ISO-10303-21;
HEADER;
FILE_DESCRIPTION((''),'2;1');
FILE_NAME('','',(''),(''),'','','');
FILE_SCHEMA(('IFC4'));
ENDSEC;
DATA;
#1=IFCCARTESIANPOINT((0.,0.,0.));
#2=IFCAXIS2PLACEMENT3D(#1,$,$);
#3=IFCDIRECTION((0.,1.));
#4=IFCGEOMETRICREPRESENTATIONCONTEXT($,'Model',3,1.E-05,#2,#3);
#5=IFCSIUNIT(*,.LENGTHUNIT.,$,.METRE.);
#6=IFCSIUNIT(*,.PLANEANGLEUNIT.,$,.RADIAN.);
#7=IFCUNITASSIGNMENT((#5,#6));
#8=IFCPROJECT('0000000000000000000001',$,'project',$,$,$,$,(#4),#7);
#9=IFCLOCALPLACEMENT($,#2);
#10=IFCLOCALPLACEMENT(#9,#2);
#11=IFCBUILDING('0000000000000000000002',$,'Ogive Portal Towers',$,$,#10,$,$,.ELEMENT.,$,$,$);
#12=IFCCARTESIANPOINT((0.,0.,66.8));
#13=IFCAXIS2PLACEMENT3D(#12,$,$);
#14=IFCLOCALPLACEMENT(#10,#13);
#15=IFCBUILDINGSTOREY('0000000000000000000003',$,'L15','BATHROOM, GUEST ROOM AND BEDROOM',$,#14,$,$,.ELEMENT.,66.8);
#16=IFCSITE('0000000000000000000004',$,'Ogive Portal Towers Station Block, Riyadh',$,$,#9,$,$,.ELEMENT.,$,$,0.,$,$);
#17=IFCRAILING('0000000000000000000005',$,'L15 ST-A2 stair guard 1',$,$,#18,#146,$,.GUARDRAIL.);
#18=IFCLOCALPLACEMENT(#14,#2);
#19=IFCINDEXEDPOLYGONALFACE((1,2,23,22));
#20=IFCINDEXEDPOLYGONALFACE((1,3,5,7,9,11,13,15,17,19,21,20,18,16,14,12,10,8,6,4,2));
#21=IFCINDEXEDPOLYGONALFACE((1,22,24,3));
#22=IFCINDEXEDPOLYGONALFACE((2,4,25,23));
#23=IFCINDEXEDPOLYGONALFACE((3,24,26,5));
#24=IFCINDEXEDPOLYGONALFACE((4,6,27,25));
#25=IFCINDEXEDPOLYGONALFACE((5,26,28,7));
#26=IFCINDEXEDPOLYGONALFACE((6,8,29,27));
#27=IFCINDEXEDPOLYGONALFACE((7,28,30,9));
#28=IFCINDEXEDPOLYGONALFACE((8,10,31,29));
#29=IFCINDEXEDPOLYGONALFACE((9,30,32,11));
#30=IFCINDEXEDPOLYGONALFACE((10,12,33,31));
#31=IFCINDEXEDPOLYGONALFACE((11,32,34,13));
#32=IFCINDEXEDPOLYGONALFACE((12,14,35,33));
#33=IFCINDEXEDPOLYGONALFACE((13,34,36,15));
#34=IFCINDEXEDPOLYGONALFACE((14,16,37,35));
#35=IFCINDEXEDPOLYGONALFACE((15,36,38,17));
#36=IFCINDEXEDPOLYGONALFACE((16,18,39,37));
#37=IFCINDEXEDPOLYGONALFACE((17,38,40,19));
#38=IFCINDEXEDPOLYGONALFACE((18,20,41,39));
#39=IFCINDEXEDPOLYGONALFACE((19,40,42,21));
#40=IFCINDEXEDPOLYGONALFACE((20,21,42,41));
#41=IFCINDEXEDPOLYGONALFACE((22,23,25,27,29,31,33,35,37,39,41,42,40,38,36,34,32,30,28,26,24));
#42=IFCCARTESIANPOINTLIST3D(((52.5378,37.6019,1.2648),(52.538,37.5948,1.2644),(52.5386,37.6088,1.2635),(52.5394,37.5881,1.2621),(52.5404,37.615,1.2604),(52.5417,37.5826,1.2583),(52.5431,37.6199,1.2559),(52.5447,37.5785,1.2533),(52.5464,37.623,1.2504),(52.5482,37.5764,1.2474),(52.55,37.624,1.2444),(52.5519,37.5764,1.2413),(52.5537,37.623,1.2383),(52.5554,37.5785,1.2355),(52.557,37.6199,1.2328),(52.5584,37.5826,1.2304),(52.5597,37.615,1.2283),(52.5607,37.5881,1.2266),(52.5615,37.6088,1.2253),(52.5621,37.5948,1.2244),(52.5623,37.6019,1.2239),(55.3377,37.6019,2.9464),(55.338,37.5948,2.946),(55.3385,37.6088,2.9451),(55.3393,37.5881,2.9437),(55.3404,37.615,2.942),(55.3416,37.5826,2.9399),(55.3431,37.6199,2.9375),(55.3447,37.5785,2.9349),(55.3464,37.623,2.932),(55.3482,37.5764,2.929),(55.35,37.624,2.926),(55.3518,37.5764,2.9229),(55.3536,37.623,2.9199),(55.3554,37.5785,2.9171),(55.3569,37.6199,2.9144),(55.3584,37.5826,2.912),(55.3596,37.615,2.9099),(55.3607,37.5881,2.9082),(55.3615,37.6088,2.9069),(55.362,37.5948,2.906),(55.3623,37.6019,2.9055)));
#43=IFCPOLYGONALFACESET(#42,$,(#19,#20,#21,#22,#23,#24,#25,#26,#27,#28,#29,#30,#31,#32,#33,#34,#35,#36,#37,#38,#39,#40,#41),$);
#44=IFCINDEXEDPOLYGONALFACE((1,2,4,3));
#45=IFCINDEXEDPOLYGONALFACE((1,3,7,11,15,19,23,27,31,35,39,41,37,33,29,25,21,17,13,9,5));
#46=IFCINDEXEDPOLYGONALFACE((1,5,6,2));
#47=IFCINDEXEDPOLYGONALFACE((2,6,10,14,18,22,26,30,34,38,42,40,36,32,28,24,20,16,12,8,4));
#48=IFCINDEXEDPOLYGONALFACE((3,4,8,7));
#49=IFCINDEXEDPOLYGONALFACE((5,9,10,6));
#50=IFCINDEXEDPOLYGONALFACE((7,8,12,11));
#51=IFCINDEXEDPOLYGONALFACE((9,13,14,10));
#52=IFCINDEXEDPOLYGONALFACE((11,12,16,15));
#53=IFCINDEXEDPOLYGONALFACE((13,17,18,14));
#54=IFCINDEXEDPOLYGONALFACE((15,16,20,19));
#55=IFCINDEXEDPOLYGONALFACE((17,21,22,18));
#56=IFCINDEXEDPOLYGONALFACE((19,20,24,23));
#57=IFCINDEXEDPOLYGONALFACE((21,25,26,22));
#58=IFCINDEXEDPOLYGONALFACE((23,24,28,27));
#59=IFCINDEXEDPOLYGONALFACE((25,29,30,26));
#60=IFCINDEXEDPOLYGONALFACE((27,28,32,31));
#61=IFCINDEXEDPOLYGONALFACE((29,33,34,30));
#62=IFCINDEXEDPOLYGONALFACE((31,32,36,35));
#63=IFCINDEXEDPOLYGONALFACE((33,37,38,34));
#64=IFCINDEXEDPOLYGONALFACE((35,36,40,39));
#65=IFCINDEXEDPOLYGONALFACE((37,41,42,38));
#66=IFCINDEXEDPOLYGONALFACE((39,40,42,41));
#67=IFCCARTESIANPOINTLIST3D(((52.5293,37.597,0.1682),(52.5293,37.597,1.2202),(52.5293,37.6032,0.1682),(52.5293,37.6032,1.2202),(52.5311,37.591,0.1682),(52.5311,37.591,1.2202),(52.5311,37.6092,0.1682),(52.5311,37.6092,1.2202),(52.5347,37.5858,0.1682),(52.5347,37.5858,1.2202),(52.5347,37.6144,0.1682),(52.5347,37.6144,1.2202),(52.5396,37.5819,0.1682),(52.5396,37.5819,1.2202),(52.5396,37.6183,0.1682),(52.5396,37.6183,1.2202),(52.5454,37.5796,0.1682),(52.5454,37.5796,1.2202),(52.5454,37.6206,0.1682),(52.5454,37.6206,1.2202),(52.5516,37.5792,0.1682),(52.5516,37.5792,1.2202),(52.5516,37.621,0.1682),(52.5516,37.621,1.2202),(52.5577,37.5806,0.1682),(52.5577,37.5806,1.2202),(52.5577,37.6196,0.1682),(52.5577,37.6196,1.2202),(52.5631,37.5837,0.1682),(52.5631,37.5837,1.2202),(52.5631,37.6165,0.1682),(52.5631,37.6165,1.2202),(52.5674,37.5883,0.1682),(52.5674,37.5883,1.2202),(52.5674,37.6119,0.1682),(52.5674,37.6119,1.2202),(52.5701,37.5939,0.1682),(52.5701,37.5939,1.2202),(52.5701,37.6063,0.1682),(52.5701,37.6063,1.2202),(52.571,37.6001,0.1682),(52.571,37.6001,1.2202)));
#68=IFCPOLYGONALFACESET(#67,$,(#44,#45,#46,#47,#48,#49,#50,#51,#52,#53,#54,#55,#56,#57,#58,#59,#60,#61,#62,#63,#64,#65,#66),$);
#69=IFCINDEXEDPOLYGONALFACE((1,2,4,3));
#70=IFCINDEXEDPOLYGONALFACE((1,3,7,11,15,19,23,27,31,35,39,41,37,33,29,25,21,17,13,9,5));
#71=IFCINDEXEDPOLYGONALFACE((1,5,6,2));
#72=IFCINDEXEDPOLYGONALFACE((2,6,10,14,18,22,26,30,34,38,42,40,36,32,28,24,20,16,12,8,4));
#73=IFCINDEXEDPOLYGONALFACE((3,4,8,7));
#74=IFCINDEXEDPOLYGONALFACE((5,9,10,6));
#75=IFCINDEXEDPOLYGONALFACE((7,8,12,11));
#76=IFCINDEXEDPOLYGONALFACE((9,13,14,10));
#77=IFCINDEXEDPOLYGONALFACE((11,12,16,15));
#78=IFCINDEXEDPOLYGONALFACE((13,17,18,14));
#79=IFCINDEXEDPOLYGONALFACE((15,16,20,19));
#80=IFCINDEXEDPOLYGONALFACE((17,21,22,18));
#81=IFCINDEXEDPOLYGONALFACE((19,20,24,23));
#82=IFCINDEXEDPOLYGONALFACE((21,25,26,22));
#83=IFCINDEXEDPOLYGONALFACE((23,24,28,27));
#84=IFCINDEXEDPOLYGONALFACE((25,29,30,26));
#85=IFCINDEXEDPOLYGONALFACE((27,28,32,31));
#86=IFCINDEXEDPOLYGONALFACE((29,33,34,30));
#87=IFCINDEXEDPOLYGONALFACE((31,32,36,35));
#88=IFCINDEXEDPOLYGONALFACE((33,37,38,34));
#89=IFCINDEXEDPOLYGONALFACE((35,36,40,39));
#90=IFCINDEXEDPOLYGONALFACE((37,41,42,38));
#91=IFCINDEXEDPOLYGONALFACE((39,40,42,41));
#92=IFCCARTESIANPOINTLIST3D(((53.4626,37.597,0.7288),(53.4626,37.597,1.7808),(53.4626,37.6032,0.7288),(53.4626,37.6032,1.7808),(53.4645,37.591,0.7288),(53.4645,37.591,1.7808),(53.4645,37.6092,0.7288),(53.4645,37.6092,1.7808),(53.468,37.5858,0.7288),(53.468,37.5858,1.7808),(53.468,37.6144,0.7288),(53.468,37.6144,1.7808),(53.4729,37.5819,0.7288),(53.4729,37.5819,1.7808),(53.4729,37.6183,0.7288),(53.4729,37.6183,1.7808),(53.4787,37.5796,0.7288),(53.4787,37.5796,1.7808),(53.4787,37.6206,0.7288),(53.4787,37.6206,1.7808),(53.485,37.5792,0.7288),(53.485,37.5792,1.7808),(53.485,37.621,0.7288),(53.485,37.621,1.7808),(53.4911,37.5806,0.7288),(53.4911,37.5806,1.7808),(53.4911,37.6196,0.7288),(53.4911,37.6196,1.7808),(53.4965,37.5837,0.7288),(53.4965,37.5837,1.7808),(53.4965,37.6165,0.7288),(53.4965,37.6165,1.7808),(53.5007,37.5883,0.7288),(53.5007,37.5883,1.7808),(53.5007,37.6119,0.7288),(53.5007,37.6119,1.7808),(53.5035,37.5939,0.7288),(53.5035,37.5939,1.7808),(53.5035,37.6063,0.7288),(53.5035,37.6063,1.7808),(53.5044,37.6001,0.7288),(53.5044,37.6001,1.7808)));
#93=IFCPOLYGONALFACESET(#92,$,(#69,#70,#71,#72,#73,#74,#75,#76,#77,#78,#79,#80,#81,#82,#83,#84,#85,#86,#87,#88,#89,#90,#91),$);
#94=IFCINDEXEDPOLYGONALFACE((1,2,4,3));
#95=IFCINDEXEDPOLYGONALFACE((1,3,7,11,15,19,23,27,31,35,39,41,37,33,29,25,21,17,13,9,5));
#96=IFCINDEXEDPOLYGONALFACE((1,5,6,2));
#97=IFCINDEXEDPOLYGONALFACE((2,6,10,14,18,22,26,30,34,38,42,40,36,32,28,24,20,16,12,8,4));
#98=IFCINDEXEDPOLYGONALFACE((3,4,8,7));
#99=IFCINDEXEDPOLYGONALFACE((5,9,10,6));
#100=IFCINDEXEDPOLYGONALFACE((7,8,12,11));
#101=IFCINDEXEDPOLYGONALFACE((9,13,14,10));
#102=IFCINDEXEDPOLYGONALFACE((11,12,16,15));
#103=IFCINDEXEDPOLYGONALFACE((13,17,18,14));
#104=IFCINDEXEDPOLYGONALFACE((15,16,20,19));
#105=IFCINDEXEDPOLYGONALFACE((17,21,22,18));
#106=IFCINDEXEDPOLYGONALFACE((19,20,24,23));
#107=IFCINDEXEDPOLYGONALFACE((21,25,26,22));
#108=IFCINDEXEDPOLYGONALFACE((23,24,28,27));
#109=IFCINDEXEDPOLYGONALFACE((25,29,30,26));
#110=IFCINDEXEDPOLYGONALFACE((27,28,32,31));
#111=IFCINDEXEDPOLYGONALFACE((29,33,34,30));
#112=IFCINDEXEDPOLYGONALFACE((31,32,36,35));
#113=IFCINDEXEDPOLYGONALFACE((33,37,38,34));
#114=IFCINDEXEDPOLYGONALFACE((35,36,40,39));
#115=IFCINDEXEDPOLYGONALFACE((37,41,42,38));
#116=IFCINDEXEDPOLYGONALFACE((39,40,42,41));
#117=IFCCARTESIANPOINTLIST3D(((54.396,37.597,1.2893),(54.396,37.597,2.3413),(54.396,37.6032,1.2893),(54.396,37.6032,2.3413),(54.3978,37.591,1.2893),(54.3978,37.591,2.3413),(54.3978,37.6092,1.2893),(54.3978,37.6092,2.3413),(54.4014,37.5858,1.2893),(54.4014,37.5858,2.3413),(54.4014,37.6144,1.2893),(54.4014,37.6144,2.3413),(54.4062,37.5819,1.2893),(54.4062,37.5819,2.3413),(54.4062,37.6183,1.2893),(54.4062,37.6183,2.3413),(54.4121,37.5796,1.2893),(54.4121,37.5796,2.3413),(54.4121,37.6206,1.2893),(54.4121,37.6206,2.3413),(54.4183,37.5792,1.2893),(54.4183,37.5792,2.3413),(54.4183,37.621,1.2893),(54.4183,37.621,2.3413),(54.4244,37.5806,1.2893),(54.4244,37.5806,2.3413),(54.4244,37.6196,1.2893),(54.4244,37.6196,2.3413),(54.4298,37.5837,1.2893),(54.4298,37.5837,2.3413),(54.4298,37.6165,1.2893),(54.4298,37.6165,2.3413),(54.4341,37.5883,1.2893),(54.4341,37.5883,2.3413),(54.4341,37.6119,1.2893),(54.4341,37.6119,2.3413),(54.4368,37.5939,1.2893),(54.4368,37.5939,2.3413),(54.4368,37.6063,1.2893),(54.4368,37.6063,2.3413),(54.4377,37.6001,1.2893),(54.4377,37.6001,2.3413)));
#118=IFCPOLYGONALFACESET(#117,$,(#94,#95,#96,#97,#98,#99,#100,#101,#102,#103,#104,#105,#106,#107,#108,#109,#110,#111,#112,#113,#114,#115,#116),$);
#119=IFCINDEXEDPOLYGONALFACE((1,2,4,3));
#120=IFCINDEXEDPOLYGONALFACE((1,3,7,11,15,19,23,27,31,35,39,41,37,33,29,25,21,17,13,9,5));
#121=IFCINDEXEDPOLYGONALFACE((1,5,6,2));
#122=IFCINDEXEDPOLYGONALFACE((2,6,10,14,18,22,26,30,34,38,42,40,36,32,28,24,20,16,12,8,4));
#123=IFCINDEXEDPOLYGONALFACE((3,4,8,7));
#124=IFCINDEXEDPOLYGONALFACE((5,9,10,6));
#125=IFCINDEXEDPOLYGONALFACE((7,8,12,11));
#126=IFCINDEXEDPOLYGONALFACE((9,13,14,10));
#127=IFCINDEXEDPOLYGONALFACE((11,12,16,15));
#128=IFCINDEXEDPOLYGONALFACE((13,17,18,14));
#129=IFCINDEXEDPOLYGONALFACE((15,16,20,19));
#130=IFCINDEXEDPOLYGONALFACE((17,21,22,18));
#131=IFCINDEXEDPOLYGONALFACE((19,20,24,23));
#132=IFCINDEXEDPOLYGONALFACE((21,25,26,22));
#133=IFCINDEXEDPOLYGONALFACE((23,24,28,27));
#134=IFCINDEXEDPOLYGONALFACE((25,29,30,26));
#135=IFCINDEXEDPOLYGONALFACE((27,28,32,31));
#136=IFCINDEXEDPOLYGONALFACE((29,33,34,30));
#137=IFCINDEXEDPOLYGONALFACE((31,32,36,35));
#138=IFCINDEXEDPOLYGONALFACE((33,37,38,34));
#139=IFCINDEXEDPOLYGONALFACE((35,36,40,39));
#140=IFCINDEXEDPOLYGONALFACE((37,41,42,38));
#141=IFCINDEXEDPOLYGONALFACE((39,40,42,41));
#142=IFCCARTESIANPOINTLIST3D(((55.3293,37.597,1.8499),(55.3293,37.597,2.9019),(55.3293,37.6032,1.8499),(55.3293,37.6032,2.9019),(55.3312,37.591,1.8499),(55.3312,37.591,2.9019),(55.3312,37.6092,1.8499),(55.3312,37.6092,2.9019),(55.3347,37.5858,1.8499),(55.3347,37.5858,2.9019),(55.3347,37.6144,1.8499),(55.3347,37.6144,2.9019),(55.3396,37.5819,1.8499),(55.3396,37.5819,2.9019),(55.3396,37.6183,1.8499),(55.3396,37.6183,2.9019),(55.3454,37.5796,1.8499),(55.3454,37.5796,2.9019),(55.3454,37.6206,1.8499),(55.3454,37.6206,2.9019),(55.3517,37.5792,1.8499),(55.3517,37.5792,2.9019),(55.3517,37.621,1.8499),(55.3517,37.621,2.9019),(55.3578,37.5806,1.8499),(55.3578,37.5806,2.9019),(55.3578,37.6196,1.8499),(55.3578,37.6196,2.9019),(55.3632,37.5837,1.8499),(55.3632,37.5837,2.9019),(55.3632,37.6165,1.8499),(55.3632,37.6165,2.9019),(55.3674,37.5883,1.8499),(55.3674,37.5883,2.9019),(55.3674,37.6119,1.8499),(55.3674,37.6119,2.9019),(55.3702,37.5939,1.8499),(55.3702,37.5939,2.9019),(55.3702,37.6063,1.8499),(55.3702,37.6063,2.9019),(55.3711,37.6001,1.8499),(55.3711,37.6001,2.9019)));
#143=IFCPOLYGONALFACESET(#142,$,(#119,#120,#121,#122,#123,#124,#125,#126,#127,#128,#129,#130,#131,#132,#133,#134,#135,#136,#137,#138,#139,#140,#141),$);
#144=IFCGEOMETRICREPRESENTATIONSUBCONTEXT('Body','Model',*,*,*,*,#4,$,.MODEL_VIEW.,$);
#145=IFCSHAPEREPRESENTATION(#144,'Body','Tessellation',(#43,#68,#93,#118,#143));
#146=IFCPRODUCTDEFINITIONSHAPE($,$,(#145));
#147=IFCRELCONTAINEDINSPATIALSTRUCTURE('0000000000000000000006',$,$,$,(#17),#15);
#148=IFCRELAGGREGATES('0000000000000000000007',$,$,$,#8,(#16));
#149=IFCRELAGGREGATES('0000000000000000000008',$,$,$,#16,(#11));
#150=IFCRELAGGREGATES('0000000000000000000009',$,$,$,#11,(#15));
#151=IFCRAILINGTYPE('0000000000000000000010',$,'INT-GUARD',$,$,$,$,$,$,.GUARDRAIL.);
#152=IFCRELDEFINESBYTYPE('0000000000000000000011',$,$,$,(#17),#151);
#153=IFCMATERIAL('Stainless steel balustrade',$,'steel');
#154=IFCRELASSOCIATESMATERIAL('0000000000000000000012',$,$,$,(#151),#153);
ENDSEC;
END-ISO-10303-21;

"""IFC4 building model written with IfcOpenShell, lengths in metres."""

from ifc_helpers import new_model, si_unit, direction, frame, origin, origin_2d, place, context, subcontext, project, spatial, circle, extrude, material, type_object, element, save


model = new_model("IFC4")

# Units and contexts
model_context = context("Model", 3, precision=1e-05, world=origin(), true_north=direction((0.0, 1.0)))
body_context = subcontext(model_context, "Body", "Model", "MODEL_VIEW")
ifc_project = project(units=[si_unit("LENGTHUNIT", "METRE"), si_unit("PLANEANGLEUNIT", "RADIAN")], contexts=[model_context])

# Site, building, storey
site_placement = place(None, origin())
site = spatial("IfcSite", under=ifc_project, at=site_placement, Name="Ogive Portal Towers Station Block, Riyadh", CompositionType="ELEMENT", RefElevation=0.0)
building_placement = place(site_placement, origin())
building = spatial("IfcBuilding", under=site, at=building_placement, Name="Ogive Portal Towers", CompositionType="ELEMENT")
storey_placement = place(building_placement, frame((0.0, 0.0, 66.8)))
storey = spatial("IfcBuildingStorey", under=building, at=storey_placement, Name="L15", Description="BATHROOM, GUEST ROOM AND BEDROOM", CompositionType="ELEMENT", Elevation=66.8)

# Railing
ifc_material_1 = material(Name="Stainless steel balustrade", Category="steel")
railing_type_1 = type_object("IfcRailingType", Name="INT-GUARD", PredefinedType="GUARDRAIL", material=ifc_material_1)
railing_1_placement = place(storey_placement, frame((52.55, 37.6001, 0.1682)))
element("IfcRailing", 1, at=railing_1_placement, inside=storey, type_object=railing_type_1, Name="L15 ST-A2 stair guard 1", PredefinedType="GUARDRAIL", context=body_context, shape_type="SweptSolid", body=[
    extrude(circle(Radius=0.0239, at=origin_2d()), frame((0.0, 0.0, 1.0762), z_axis=(0.857275, 0.0, 0.514858), x_axis=(0.0, 1.0, 0.0)), (0.0, 0.0, 1.0), 3.2661),
    extrude(circle(Radius=0.021, at=origin_2d()), origin(), (0.0, 0.0, 1.0), 1.052),
    extrude(circle(Radius=0.021, at=origin_2d()), frame((0.9333, 0.0, 0.5605)), (0.0, 0.0, 1.0), 1.052),
    extrude(circle(Radius=0.021, at=origin_2d()), frame((1.8667, 0.0, 1.1211)), (0.0, 0.0, 1.0), 1.052),
    extrude(circle(Radius=0.021, at=origin_2d()), frame((2.8, 0.0, 1.6816)), (0.0, 0.0, 1.0), 1.052),
])

save(model, "model.ifc")
